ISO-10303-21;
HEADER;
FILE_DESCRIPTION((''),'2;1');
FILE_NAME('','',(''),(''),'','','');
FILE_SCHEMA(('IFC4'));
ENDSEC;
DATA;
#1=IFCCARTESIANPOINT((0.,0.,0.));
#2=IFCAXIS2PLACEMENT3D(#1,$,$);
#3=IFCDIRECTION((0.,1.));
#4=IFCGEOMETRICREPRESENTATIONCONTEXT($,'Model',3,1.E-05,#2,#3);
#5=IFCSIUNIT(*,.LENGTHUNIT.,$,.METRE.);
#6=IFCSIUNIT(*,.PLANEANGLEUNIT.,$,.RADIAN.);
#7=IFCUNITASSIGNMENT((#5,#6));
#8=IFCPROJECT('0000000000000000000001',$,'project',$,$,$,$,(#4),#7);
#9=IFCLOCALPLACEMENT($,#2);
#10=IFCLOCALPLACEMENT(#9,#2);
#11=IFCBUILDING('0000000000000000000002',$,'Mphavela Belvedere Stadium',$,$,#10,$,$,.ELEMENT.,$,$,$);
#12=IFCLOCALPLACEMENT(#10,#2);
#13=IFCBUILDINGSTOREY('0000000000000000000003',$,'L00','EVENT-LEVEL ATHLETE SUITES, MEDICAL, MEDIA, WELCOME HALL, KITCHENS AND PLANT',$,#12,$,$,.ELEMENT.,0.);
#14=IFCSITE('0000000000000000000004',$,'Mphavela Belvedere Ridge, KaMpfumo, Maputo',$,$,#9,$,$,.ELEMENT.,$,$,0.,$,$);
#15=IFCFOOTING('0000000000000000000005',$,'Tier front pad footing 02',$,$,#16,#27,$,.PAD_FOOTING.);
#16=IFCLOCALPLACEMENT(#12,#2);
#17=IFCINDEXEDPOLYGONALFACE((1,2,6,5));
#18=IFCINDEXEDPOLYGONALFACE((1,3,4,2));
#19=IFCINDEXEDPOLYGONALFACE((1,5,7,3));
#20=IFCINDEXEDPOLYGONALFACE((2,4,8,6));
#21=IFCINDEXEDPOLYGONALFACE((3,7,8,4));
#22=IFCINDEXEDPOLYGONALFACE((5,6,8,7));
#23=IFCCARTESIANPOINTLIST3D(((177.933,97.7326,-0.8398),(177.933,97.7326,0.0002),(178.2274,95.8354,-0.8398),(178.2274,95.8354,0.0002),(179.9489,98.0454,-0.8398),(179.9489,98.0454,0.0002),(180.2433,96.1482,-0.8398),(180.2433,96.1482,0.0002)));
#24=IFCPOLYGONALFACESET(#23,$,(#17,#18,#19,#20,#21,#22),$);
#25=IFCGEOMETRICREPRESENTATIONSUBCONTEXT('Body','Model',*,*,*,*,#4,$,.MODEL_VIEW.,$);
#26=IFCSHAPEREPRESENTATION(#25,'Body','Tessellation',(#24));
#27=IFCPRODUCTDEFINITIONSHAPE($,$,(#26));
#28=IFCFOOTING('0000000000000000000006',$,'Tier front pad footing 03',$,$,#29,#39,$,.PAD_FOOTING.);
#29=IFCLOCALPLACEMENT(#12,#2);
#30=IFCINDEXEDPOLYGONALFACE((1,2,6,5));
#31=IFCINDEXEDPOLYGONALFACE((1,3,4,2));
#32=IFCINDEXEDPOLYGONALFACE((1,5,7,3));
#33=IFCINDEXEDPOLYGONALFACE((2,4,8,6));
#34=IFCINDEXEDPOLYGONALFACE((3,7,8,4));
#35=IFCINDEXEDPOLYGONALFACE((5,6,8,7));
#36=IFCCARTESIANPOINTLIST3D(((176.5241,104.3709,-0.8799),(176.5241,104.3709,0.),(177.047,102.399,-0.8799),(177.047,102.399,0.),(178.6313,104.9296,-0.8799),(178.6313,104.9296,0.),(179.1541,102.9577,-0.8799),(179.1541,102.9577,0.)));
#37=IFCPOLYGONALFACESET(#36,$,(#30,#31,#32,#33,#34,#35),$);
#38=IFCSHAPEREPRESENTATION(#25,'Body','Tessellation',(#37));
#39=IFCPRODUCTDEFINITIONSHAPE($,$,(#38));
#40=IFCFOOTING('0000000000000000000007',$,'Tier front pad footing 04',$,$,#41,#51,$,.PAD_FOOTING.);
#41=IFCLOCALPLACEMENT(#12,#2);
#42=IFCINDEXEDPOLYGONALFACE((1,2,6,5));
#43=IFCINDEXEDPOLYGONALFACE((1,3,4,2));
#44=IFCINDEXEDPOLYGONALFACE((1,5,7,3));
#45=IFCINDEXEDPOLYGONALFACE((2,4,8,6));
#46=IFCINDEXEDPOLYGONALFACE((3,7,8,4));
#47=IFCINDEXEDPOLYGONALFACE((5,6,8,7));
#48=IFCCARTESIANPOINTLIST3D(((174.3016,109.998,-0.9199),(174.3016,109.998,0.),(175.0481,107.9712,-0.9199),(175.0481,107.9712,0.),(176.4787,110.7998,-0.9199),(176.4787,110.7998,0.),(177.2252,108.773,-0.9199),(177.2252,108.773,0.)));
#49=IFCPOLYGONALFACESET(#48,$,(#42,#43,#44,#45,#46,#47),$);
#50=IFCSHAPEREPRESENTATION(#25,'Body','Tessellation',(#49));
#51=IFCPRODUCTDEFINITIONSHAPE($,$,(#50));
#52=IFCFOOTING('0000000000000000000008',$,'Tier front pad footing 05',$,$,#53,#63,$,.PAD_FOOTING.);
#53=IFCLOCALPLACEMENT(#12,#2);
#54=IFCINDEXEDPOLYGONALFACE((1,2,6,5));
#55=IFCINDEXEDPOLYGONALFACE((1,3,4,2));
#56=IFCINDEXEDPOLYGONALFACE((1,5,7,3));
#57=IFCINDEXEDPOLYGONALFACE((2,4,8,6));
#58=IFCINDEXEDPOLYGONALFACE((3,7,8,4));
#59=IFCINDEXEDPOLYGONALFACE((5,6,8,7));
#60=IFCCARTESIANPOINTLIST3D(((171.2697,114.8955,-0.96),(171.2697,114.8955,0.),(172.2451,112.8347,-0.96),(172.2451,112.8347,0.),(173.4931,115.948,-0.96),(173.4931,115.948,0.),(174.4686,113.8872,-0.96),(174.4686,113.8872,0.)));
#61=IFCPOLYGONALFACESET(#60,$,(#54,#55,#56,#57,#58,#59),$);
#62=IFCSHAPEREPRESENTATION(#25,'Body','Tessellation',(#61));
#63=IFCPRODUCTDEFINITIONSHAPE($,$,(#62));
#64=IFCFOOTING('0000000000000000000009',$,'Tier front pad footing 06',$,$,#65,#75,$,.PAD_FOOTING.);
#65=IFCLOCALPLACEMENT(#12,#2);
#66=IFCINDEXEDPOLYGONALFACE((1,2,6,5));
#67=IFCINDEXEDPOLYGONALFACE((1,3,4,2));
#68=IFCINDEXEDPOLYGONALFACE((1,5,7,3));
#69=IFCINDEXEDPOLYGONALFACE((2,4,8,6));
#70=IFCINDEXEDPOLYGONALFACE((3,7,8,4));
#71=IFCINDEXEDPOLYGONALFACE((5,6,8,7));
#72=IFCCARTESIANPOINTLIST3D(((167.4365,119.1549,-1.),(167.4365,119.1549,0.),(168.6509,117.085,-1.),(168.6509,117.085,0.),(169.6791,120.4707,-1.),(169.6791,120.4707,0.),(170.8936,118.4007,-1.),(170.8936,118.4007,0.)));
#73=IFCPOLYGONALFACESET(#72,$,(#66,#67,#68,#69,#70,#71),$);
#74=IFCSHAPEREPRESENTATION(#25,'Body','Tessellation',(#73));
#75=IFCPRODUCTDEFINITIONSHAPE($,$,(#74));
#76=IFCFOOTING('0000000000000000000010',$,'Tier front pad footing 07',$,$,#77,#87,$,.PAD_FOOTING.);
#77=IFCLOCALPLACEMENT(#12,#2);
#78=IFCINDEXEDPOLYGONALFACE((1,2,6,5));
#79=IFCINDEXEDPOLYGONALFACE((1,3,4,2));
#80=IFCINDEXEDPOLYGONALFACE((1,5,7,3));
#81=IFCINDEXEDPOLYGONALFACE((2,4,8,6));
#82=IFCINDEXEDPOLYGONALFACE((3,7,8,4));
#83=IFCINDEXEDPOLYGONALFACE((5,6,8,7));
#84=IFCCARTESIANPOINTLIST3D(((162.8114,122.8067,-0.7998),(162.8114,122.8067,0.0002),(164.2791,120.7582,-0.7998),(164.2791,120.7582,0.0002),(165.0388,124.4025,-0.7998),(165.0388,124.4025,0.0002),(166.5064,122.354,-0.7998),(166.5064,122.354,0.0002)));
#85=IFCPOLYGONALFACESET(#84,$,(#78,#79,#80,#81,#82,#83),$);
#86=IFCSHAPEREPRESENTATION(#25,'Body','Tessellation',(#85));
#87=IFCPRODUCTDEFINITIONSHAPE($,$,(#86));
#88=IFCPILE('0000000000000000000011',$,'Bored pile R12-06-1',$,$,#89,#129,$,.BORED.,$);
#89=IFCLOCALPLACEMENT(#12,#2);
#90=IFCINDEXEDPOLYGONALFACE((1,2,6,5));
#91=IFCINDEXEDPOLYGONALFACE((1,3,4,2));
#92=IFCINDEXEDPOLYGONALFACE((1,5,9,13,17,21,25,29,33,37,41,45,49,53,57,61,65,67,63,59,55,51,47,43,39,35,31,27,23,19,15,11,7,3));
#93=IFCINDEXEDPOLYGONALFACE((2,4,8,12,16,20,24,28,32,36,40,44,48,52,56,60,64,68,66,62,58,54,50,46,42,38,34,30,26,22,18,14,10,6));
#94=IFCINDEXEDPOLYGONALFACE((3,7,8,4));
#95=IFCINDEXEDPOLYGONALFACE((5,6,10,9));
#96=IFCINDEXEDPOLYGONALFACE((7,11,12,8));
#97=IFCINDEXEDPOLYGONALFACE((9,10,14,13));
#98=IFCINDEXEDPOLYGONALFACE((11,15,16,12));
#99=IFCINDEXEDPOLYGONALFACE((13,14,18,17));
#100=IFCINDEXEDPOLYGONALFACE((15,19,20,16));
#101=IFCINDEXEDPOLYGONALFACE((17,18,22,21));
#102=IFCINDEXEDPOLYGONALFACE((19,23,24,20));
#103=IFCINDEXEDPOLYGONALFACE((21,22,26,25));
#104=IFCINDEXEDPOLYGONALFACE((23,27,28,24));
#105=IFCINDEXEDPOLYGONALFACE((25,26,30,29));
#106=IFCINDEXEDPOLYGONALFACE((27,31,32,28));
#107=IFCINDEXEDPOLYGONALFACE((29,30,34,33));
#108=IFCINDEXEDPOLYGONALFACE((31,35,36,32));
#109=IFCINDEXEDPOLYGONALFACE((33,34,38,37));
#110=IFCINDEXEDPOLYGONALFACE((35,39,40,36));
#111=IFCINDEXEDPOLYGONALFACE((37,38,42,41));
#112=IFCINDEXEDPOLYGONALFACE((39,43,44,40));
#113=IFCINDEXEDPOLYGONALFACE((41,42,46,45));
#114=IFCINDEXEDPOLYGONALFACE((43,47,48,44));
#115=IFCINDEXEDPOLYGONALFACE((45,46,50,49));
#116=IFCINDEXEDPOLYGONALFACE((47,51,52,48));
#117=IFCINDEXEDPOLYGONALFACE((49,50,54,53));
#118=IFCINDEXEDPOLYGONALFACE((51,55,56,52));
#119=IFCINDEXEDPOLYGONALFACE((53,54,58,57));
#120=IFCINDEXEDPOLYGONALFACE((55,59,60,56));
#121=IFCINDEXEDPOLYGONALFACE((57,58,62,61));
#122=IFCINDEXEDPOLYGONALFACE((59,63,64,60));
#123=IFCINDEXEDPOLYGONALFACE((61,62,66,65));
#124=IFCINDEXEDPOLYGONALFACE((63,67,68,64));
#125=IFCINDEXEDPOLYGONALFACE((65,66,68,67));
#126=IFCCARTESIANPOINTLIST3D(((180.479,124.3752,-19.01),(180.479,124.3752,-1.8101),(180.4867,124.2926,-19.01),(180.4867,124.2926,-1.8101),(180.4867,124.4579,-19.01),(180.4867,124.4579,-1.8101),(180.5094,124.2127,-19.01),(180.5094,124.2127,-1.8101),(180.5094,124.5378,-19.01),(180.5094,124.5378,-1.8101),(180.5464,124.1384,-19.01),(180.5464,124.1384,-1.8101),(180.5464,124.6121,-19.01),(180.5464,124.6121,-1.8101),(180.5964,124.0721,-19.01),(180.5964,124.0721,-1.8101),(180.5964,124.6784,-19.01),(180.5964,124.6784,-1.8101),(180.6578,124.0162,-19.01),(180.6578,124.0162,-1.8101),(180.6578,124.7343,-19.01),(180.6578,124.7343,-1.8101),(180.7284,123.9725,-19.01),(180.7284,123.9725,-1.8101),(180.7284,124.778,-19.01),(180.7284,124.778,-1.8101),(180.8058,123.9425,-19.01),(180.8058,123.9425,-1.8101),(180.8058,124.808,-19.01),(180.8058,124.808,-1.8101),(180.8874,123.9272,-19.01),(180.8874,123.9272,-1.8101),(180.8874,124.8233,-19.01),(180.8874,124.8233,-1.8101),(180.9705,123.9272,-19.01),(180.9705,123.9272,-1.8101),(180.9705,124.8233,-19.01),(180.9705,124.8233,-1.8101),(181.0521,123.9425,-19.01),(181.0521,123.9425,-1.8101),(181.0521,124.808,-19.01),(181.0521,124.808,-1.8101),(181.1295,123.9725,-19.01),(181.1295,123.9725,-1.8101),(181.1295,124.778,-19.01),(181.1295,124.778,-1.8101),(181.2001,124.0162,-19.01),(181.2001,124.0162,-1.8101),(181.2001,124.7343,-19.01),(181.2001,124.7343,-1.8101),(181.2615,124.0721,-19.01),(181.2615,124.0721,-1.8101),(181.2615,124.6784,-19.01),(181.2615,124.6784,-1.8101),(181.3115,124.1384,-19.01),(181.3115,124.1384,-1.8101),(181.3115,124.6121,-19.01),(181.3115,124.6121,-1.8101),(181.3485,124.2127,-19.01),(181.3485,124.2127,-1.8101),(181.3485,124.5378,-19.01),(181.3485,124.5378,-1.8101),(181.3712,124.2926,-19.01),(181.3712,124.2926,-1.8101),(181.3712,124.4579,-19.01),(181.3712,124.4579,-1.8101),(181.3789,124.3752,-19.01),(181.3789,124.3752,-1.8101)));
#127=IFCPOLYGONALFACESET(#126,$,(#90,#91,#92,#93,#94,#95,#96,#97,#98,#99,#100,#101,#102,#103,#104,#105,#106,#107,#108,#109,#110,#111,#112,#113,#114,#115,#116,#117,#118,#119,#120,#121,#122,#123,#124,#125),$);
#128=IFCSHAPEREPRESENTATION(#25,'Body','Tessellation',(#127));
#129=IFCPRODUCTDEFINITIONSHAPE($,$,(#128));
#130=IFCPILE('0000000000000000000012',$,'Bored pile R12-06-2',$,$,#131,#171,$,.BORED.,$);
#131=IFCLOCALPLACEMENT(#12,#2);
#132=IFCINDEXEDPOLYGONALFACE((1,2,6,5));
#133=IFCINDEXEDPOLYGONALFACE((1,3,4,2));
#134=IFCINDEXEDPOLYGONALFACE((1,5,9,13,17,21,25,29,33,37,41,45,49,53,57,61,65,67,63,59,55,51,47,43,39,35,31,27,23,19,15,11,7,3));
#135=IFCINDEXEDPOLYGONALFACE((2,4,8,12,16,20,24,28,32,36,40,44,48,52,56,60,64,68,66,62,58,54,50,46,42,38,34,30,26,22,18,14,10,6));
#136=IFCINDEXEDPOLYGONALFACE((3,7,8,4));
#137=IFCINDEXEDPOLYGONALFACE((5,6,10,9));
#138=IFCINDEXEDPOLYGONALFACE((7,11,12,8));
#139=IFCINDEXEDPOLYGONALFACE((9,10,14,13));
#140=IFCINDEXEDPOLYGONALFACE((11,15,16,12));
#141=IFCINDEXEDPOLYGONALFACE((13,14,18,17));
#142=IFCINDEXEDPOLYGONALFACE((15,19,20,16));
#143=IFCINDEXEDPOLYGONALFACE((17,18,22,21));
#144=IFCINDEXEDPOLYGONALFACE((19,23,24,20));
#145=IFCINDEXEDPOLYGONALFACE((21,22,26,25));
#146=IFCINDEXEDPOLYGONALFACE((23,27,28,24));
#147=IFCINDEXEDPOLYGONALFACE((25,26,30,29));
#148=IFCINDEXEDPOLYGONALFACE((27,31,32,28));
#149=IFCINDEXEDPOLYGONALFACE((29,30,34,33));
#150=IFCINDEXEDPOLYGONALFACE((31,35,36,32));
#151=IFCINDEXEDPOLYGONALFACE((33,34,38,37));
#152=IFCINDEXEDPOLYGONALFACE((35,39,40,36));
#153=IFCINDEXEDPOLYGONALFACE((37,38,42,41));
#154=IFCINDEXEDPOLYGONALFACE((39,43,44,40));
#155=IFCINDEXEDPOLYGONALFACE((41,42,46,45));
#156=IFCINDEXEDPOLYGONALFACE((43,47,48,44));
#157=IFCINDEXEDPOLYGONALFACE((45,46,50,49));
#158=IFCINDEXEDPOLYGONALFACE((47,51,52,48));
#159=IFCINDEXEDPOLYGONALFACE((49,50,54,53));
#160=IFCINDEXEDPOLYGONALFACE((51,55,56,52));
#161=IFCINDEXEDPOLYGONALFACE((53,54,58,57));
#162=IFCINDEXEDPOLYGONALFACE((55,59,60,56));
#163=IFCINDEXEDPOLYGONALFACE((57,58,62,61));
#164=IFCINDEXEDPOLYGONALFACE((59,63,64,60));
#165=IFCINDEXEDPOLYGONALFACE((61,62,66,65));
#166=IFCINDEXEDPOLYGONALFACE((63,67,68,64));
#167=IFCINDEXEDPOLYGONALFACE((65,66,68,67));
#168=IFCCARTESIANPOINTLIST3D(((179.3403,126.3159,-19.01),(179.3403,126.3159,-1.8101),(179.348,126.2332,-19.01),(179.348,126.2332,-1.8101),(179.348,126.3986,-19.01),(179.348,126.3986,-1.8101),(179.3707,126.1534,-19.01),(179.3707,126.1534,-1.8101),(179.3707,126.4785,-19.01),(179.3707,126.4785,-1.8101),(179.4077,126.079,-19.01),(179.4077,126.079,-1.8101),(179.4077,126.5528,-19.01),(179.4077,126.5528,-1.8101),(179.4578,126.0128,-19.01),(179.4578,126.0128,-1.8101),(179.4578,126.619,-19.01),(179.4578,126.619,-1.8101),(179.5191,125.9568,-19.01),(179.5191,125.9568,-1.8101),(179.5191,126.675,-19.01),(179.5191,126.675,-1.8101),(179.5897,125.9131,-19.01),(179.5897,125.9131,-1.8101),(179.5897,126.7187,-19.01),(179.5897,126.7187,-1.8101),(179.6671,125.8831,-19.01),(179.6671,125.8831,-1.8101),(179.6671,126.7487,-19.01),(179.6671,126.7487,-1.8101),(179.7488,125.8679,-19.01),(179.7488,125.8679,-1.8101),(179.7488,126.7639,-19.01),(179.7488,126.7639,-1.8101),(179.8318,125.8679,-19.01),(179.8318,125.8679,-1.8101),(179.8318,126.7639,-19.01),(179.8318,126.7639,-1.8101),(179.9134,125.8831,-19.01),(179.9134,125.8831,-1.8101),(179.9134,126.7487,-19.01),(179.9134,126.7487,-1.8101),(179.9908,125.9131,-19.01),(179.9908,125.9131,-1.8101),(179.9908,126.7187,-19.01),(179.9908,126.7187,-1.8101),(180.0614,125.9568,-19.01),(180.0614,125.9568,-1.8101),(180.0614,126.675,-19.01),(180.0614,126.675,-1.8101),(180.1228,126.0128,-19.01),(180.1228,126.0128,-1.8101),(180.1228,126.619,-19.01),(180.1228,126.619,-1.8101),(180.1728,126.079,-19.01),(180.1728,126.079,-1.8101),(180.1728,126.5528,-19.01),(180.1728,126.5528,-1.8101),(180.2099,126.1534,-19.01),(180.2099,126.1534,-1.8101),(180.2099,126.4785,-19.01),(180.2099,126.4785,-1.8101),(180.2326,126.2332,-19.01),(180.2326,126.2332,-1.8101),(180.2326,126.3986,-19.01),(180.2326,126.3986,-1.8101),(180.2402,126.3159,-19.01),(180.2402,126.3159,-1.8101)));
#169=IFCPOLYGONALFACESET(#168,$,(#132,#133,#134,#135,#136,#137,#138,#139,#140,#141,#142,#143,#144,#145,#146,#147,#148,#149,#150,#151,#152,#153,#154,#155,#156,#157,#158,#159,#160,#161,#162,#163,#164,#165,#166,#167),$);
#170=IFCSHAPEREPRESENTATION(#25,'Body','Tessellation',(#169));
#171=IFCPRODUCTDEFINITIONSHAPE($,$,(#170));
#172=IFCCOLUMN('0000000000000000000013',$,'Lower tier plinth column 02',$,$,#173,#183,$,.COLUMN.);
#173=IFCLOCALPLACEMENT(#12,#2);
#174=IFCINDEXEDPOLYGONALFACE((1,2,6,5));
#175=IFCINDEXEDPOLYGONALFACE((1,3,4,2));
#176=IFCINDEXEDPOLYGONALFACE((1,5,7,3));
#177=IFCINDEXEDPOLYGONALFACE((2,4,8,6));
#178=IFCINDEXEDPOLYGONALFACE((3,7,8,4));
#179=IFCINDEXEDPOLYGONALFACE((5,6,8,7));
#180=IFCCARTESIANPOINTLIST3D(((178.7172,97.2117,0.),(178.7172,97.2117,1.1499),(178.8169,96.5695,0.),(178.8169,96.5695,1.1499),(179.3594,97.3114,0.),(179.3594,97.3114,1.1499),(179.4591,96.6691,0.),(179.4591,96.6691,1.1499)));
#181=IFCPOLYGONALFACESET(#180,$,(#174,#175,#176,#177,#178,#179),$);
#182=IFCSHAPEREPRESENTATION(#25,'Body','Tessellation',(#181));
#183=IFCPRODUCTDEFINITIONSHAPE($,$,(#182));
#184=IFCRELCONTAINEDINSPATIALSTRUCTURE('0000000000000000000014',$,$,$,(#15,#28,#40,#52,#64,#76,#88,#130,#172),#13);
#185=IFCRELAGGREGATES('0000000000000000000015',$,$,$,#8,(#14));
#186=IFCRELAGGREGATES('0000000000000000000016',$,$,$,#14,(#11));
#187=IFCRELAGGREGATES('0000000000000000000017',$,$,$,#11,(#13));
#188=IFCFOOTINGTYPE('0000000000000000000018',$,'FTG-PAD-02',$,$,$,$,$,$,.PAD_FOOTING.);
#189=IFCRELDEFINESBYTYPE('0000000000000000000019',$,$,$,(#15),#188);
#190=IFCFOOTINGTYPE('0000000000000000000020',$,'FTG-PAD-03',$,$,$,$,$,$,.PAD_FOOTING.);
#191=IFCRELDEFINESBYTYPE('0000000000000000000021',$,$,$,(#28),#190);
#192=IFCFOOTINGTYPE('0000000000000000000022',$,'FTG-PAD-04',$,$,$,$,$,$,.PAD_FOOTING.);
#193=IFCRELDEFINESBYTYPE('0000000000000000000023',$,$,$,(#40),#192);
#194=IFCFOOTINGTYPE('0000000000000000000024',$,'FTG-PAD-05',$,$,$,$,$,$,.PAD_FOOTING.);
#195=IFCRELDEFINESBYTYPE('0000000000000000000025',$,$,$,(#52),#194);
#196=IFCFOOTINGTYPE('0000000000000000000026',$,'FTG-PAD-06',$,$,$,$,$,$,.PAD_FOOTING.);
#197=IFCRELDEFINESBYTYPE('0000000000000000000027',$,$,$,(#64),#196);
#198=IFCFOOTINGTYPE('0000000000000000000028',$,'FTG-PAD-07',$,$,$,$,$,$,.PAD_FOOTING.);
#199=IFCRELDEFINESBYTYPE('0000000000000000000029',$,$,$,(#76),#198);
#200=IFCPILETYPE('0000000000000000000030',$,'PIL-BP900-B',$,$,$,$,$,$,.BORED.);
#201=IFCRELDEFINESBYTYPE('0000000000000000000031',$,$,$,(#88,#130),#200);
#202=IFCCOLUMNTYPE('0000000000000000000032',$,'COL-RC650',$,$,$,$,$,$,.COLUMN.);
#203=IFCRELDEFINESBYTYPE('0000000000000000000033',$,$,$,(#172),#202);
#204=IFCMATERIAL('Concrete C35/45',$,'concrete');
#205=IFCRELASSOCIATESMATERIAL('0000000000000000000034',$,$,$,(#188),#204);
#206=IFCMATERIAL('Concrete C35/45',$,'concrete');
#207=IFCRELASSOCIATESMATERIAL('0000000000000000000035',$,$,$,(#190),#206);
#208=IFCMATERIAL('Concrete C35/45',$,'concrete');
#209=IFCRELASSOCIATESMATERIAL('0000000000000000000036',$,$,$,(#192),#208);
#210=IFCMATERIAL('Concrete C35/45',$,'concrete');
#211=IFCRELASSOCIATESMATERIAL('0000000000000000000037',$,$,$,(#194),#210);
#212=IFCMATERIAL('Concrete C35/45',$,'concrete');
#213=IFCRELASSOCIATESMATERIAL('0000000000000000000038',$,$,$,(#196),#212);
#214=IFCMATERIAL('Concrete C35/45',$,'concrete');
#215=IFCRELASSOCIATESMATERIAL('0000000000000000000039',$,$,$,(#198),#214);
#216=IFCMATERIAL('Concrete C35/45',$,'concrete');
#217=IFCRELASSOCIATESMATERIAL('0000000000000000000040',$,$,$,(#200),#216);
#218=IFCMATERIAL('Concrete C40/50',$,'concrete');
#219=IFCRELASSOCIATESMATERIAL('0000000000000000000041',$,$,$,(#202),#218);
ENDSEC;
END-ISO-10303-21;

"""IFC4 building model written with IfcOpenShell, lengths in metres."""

from ifc_helpers import new_model, si_unit, direction, frame, origin, origin_2d, place, context, subcontext, project, spatial, rectangle, circle, extrude, material, material_profile, profile_set, type_object, element, save


model = new_model("IFC4")

# Units and contexts
model_context = context("Model", 3, precision=1e-05, world=origin(), true_north=direction((0.0, 1.0)))
body_context = subcontext(model_context, "Body", "Model", "MODEL_VIEW")
ifc_project = project(units=[si_unit("LENGTHUNIT", "METRE"), si_unit("PLANEANGLEUNIT", "RADIAN")], contexts=[model_context])

# Site, building, storey
site_placement = place(None, origin())
site = spatial("IfcSite", under=ifc_project, at=site_placement, Name="Mphavela Belvedere Ridge, KaMpfumo, Maputo", CompositionType="ELEMENT", RefElevation=0.0)
building_placement = place(site_placement, origin())
building = spatial("IfcBuilding", under=site, at=building_placement, Name="Mphavela Belvedere Stadium", CompositionType="ELEMENT")
storey_placement = place(building_placement, origin())
storey = spatial("IfcBuildingStorey", under=building, at=storey_placement, Name="L00", Description="EVENT-LEVEL ATHLETE SUITES, MEDICAL, MEDIA, WELCOME HALL, KITCHENS AND PLANT", CompositionType="ELEMENT", Elevation=0.0)

# Footings
ifc_material_1 = material(Name="Concrete C35/45", Category="concrete")
footing_type_1 = type_object("IfcFootingType", Name="FTG-PAD-02", PredefinedType="PAD_FOOTING", material=ifc_material_1)
footing_1_placement = place(storey_placement, frame((179.0881, 96.9404, -0.8398), z_axis=(0.0, 0.0, 1.0), x_axis=(0.988175, 0.153331, 0.0)))
element("IfcFooting", 1, at=footing_1_placement, inside=storey, type_object=footing_type_1, Name="Tier front pad footing 02", PredefinedType="PAD_FOOTING", context=body_context, shape_type="SweptSolid", body=[
    extrude(rectangle(XDim=2.04, YDim=1.9199, at=origin_2d()), origin(), (0.0, 0.0, 1.0), 0.8401),
])
ifc_material_2 = material(Name="Concrete C35/45", Category="concrete")
footing_type_2 = type_object("IfcFootingType", Name="FTG-PAD-03", PredefinedType="PAD_FOOTING", material=ifc_material_2)
footing_2_placement = place(storey_placement, frame((177.8391, 103.6643, -0.8799), z_axis=(0.0, 0.0, 1.0), x_axis=(0.9666, 0.256289, 0.0)))
element("IfcFooting", 2, at=footing_2_placement, inside=storey, type_object=footing_type_2, Name="Tier front pad footing 03", PredefinedType="PAD_FOOTING", context=body_context, shape_type="SweptSolid", body=[
    extrude(rectangle(XDim=2.1799, YDim=2.04, at=origin_2d()), origin(), (0.0, 0.0, 1.0), 0.8799),
])
ifc_material_3 = material(Name="Concrete C35/45", Category="concrete")
footing_type_3 = type_object("IfcFootingType", Name="FTG-PAD-04", PredefinedType="PAD_FOOTING", material=ifc_material_3)
footing_3_placement = place(storey_placement, frame((175.7634, 109.3855, -0.9199), z_axis=(0.0, 0.0, 1.0), x_axis=(0.938372, 0.345626, 0.0)))
element("IfcFooting", 3, at=footing_3_placement, inside=storey, type_object=footing_type_3, Name="Tier front pad footing 04", PredefinedType="PAD_FOOTING", context=body_context, shape_type="SweptSolid", body=[
    extrude(rectangle(XDim=2.3201, YDim=2.1599, at=origin_2d()), origin(), (0.0, 0.0, 1.0), 0.9199),
])
ifc_material_4 = material(Name="Concrete C35/45", Category="concrete")
footing_type_4 = type_object("IfcFootingType", Name="FTG-PAD-05", PredefinedType="PAD_FOOTING", material=ifc_material_4)
footing_4_placement = place(storey_placement, frame((172.8691, 114.3914, -0.96), z_axis=(0.0, 0.0, 1.0), x_axis=(0.903859, 0.427831, 0.0)))
element("IfcFooting", 4, at=footing_4_placement, inside=storey, type_object=footing_type_4, Name="Tier front pad footing 05", PredefinedType="PAD_FOOTING", context=body_context, shape_type="SweptSolid", body=[
    extrude(rectangle(XDim=2.46, YDim=2.28, at=origin_2d()), origin(), (0.0, 0.0, 1.0), 0.96),
])
ifc_material_5 = material(Name="Concrete C35/45", Category="concrete")
footing_type_5 = type_object("IfcFootingType", Name="FTG-PAD-06", PredefinedType="PAD_FOOTING", material=ifc_material_5)
footing_5_placement = place(storey_placement, frame((169.165, 118.7778, -1.0), z_axis=(0.0, 0.0, 1.0), x_axis=(0.862514, 0.506034, 0.0)))
element("IfcFooting", 5, at=footing_5_placement, inside=storey, type_object=footing_type_5, Name="Tier front pad footing 06", PredefinedType="PAD_FOOTING", context=body_context, shape_type="SweptSolid", body=[
    extrude(rectangle(XDim=2.6001, YDim=2.3999, at=origin_2d()), origin(), (0.0, 0.0, 1.0), 1.0),
])
ifc_material_6 = material(Name="Concrete C35/45", Category="concrete")
footing_type_6 = type_object("IfcFootingType", Name="FTG-PAD-07", PredefinedType="PAD_FOOTING", material=ifc_material_6)
footing_6_placement = place(storey_placement, frame((164.6589, 122.5803, -0.7998), z_axis=(0.0, 0.0, 1.0), x_axis=(0.812898, 0.582407, 0.0)))
element("IfcFooting", 6, at=footing_6_placement, inside=storey, type_object=footing_type_6, Name="Tier front pad footing 07", PredefinedType="PAD_FOOTING", context=body_context, shape_type="SweptSolid", body=[
    extrude(rectangle(XDim=2.74, YDim=2.52, at=origin_2d()), origin(), (0.0, 0.0, 1.0), 0.8),
])

# Piles
ifc_material_7 = material(Name="Concrete C35/45", Category="concrete")
ifc_material_profile_1 = material_profile(ifc_material_7, circle(Radius=0.45, at=origin_2d()), Name="BP D900")
ifc_profile_set_1 = profile_set([ifc_material_profile_1], Name="Concrete C35/45")
pile_type = type_object("IfcPileType", Name="PIL-BP900-B", PredefinedType="BORED", material=ifc_profile_set_1)
for number, where, z_axis, x_axis, name in (
    (7, (180.929, 124.3752, -1.8101), (0.0, 0.0, -1.0), (1.0, 0.0, 0.0), "Bored pile R12-06-1"),
    (8, (179.7903, 126.3159, -1.8101), (0.0, 0.0, -1.0), (1.0, 0.0, 0.0), "Bored pile R12-06-2"),
):
    element("IfcPile", number, at=place(storey_placement, frame(where, z_axis=z_axis, x_axis=x_axis)), inside=storey, type_object=pile_type, Name=name, PredefinedType="BORED", context=body_context, shape_type="SweptSolid", body=[
        extrude(circle(Radius=0.45, at=origin_2d()), origin(), (0.0, 0.0, 1.0), 17.2),
    ])

# Column
ifc_material_8 = material(Name="Concrete C40/50", Category="concrete")
ifc_material_profile_2 = material_profile(ifc_material_8, rectangle(XDim=0.6499, YDim=0.6499, at=origin_2d()), Name="RC 650x650")
ifc_profile_set_2 = profile_set([ifc_material_profile_2], Name="Concrete C40/50")
column_type_1 = type_object("IfcColumnType", Name="COL-RC650", PredefinedType="COLUMN", material=ifc_profile_set_2)
for number, where, z_axis, x_axis, name in (
    (9, (179.0881, 96.9404, 0.0), (0.0, 0.0, 1.0), (0.988175, 0.153331, 0.0), "Lower tier plinth column 02"),
):
    element("IfcColumn", number, at=place(storey_placement, frame(where, z_axis=z_axis, x_axis=x_axis)), inside=storey, type_object=column_type_1, Name=name, PredefinedType="COLUMN", context=body_context, shape_type="SweptSolid", body=[
        extrude(rectangle(XDim=0.6499, YDim=0.6499, at=origin_2d()), origin(), (0.0, 0.0, 1.0), 1.1499),
    ])

save(model, "model.ifc")
